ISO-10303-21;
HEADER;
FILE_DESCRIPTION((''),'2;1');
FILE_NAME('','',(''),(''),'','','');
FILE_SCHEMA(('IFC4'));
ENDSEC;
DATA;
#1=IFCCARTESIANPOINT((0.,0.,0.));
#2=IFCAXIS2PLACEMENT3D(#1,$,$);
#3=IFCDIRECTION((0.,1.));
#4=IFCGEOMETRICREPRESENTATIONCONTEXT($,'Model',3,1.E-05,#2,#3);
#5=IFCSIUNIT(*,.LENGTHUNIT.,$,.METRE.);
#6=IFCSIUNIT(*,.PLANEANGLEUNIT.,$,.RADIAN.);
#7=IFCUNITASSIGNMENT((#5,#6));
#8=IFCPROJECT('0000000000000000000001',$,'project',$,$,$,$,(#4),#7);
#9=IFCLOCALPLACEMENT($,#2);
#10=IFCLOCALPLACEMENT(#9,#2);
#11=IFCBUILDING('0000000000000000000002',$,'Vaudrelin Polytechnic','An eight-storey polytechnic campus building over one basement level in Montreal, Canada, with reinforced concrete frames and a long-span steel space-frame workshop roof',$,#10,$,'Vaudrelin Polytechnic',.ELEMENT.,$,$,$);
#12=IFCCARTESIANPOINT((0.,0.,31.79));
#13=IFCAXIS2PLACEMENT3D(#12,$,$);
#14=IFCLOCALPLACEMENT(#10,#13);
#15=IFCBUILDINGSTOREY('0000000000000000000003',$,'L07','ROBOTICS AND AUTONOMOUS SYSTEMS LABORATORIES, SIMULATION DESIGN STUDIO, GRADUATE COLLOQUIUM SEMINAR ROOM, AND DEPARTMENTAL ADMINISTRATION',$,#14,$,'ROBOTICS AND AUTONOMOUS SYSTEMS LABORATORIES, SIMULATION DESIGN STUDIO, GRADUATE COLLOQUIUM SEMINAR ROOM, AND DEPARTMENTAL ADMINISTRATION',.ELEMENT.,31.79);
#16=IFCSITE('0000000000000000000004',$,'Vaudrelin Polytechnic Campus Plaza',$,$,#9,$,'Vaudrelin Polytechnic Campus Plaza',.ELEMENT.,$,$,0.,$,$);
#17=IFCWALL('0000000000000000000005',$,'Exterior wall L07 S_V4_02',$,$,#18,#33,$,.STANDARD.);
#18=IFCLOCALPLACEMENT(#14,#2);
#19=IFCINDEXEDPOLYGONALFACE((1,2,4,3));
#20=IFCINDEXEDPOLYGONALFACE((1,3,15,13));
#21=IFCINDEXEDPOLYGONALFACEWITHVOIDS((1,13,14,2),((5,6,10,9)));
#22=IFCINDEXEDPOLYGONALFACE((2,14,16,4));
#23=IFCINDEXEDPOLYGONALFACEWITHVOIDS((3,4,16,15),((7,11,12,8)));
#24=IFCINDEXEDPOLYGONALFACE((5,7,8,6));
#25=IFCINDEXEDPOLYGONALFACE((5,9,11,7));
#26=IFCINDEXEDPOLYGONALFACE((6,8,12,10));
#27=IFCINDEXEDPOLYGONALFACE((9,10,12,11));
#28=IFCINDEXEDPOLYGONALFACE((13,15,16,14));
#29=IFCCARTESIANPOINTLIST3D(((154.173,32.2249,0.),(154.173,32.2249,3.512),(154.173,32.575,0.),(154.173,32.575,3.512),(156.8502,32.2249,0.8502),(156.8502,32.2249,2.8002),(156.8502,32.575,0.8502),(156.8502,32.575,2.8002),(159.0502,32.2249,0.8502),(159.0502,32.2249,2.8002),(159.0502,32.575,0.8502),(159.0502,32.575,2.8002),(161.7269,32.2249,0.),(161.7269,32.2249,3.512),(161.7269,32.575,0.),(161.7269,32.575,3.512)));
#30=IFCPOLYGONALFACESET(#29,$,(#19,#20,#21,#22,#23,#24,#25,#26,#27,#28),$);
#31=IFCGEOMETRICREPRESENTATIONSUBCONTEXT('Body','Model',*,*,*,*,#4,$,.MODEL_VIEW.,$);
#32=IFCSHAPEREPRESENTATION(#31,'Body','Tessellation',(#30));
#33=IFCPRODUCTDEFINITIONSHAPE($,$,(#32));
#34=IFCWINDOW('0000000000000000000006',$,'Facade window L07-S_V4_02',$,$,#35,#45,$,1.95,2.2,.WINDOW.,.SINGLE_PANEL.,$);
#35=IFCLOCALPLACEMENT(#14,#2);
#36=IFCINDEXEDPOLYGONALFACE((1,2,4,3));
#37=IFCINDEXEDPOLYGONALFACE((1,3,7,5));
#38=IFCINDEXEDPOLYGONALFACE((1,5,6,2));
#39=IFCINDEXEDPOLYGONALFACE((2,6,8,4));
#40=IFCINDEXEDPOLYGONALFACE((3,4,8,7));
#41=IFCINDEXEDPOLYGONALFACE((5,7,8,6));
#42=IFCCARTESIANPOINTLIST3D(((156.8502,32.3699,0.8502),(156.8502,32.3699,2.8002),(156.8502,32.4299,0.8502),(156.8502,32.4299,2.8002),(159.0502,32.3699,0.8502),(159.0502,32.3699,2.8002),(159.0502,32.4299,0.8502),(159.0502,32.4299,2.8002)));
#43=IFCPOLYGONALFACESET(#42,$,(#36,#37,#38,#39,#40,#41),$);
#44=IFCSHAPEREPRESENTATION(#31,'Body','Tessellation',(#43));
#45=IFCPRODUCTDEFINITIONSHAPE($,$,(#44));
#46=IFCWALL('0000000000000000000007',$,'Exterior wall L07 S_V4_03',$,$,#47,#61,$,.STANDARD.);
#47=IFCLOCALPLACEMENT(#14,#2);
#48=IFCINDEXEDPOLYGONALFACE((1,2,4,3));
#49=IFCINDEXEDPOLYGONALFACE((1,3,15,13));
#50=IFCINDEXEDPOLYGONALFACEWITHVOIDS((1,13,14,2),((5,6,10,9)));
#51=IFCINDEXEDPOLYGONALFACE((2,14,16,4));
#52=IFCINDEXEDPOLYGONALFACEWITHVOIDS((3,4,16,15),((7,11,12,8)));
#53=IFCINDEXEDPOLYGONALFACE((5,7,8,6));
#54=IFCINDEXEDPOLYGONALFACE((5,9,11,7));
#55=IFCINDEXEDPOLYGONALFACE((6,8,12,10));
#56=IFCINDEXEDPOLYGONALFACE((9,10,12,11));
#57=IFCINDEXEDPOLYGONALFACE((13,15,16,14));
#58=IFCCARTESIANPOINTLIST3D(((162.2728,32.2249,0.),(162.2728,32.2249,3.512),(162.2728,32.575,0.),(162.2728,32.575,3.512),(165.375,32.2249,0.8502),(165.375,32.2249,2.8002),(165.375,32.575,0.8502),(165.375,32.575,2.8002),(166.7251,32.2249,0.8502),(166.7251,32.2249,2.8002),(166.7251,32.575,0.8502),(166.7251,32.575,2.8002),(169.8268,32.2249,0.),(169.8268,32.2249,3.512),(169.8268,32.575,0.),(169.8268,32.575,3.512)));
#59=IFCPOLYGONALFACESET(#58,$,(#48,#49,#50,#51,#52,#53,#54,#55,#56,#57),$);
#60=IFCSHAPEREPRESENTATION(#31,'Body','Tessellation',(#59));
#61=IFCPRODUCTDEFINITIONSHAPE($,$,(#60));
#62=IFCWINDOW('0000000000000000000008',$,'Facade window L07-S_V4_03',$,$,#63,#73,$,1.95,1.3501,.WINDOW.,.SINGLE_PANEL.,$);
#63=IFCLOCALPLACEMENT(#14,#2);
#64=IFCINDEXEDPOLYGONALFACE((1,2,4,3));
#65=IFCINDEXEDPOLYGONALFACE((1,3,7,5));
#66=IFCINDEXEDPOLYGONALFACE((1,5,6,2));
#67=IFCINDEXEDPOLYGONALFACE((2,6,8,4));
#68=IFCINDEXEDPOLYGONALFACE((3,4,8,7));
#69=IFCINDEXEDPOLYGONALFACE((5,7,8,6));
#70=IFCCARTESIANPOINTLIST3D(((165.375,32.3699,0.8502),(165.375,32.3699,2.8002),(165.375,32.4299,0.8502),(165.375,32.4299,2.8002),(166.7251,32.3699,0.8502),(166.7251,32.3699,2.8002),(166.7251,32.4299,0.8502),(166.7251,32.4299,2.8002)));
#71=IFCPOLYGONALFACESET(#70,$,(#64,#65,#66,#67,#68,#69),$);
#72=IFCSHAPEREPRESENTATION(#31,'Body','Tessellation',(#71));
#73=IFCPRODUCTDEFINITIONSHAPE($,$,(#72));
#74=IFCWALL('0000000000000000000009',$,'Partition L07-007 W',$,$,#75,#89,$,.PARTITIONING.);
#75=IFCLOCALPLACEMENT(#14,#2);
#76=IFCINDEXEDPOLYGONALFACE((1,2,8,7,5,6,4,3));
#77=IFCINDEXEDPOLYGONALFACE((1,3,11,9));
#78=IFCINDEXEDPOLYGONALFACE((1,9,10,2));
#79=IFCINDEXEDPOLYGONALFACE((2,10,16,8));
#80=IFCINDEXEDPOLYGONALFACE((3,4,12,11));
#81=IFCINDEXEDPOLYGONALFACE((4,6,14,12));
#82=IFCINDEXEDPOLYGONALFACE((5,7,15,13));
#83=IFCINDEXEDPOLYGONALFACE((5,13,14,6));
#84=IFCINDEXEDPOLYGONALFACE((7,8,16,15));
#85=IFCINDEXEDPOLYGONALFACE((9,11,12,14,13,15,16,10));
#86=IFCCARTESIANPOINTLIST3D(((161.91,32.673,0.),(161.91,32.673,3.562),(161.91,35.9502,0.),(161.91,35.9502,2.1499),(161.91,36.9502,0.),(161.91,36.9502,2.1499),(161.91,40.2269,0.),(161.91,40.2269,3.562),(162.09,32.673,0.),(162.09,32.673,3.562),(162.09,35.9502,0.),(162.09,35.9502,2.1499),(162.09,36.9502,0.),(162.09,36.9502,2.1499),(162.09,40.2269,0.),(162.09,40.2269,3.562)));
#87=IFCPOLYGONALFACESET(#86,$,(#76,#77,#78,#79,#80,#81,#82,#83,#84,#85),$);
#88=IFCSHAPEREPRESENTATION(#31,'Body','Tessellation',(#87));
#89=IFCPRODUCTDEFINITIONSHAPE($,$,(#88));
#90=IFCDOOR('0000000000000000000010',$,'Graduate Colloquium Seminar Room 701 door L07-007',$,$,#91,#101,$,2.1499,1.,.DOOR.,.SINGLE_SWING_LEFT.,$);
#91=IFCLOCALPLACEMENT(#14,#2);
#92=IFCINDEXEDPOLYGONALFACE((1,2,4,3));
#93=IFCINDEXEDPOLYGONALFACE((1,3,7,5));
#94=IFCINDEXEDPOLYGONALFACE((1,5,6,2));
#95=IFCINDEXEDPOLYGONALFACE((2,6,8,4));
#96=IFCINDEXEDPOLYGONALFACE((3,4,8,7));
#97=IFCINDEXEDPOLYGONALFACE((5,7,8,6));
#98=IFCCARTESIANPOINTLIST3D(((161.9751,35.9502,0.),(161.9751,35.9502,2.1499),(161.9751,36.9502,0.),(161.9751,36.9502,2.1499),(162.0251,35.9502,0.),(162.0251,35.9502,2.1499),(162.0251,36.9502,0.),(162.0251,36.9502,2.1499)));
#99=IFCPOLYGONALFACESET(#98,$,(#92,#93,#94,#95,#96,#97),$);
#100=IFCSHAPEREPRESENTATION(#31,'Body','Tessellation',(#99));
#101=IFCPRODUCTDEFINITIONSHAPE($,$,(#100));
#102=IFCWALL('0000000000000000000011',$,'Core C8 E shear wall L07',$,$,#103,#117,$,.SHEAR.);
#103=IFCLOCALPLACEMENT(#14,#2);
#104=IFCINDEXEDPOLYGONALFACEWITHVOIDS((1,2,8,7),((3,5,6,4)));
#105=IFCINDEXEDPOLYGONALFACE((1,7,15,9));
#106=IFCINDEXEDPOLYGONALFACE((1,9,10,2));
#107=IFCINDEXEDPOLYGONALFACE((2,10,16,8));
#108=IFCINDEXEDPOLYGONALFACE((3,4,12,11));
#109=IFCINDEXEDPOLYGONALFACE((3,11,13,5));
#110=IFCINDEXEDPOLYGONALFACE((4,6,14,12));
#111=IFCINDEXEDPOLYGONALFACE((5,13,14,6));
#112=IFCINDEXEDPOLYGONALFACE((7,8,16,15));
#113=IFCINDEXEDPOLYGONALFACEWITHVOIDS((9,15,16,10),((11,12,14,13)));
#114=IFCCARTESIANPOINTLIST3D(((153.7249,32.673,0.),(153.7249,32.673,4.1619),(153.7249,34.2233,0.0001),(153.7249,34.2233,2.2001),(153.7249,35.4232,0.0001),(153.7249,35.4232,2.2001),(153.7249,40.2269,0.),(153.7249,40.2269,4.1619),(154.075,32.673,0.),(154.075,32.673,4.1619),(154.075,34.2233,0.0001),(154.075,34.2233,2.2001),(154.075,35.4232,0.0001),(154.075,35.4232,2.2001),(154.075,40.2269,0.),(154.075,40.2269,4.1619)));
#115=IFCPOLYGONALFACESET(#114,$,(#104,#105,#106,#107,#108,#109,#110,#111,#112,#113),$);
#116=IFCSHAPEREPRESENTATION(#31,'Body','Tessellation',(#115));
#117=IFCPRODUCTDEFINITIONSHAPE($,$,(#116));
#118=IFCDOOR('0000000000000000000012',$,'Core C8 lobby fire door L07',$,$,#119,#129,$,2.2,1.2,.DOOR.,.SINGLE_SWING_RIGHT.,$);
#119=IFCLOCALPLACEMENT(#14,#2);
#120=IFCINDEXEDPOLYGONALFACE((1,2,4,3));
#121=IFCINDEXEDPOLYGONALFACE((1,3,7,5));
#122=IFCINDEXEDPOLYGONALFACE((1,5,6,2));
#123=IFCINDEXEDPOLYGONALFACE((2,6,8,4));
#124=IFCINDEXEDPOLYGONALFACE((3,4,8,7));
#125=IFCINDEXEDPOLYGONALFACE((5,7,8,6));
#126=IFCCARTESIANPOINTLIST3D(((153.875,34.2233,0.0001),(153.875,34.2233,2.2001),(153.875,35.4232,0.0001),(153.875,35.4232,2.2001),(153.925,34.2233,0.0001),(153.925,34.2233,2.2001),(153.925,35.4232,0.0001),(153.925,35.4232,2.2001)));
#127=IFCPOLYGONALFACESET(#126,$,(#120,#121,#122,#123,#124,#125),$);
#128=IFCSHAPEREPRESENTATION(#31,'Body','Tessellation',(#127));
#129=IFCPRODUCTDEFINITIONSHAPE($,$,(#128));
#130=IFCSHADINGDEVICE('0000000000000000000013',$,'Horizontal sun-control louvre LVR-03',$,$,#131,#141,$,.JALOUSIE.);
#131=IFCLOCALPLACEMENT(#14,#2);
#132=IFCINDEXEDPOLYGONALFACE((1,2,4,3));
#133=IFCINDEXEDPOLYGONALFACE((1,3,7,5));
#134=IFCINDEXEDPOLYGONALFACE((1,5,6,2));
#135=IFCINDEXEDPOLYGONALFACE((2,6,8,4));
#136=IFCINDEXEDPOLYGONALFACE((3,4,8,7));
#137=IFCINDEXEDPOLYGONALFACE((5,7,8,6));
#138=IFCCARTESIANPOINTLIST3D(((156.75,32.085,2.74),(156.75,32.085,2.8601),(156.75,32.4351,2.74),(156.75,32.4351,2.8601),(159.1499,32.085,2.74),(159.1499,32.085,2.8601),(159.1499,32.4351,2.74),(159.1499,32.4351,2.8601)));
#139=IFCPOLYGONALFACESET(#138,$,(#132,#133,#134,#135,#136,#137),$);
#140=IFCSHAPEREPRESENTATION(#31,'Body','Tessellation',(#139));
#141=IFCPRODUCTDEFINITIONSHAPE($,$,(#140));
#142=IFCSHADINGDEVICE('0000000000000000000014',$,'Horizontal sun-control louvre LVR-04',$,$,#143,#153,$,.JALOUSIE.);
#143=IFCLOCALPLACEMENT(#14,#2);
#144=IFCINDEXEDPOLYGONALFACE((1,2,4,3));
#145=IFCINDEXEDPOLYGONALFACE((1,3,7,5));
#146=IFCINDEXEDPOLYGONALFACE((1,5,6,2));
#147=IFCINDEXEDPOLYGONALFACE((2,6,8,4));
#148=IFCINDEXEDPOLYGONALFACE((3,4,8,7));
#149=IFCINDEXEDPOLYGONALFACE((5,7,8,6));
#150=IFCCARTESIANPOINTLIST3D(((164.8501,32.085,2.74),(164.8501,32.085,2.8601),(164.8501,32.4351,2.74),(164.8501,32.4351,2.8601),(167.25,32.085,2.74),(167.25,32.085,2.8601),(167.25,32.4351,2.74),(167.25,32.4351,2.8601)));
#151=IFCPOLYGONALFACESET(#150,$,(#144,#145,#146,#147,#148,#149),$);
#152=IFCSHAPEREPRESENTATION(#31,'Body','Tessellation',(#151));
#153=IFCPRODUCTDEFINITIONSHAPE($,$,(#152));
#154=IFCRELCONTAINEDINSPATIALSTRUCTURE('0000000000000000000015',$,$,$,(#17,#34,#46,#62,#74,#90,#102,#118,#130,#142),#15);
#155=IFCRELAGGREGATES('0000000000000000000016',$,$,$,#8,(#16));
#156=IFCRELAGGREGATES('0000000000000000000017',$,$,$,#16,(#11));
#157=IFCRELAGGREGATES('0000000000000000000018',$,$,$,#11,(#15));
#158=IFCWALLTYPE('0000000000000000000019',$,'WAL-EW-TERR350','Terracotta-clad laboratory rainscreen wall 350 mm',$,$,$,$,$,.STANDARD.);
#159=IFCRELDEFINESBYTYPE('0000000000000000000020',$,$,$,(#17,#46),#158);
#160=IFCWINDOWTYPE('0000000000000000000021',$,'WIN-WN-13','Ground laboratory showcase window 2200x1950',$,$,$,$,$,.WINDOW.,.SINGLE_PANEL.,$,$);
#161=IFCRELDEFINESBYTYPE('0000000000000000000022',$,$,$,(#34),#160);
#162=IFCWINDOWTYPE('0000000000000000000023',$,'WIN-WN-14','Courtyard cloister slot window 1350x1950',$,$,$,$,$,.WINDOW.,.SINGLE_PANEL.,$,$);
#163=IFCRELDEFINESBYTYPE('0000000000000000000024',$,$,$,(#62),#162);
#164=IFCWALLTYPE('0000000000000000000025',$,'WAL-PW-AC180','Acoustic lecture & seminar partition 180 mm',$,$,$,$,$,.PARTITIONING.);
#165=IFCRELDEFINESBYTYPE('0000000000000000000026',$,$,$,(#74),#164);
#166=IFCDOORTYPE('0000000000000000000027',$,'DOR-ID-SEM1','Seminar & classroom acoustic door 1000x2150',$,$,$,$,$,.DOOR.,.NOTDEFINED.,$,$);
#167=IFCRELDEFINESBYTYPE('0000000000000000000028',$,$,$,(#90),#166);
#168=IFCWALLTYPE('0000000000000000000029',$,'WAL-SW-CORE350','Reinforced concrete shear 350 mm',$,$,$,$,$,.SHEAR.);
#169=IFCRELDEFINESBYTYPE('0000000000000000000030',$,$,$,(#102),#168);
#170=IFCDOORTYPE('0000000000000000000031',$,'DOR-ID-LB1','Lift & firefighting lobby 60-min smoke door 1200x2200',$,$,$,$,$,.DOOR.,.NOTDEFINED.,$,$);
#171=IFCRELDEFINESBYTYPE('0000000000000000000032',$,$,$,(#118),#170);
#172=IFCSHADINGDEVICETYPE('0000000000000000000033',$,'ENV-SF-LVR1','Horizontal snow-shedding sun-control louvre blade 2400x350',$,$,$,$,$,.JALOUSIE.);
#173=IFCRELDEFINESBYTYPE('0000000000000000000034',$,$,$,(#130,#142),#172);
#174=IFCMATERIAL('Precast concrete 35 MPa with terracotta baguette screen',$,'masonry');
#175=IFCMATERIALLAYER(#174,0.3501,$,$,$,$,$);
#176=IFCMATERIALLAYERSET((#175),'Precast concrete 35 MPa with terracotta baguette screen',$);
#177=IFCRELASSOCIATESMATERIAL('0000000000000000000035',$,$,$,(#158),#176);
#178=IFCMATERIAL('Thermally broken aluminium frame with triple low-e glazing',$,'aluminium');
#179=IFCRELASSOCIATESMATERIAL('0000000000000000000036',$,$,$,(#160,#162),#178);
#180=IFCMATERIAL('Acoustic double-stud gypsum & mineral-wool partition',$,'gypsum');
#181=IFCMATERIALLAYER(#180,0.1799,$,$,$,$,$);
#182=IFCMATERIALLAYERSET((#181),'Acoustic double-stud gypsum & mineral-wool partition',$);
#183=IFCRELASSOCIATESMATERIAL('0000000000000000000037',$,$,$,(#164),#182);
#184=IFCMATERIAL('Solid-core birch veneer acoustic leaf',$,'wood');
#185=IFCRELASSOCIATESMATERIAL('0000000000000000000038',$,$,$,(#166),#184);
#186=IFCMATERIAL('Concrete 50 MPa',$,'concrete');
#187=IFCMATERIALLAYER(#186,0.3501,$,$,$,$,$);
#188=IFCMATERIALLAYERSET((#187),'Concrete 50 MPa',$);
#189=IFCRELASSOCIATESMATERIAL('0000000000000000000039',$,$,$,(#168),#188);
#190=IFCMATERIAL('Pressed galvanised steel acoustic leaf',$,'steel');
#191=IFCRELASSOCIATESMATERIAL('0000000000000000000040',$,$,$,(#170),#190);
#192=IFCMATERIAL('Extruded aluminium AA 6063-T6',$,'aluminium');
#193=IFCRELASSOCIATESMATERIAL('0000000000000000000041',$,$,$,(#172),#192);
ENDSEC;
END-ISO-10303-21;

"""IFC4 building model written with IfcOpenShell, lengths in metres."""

from ifc_helpers import new_model, si_unit, direction, frame, frame_2d, origin, origin_2d, place, context, subcontext, project, spatial, rectangle, extrude, material, layer, layer_set, type_object, element, fill, save


model = new_model("IFC4")

# Units and contexts
model_context = context("Model", 3, precision=1e-05, world=origin(), true_north=direction((0.0, 1.0)))
body_context = subcontext(model_context, "Body", "Model", "MODEL_VIEW")
ifc_project = project(units=[si_unit("LENGTHUNIT", "METRE"), si_unit("PLANEANGLEUNIT", "RADIAN")], contexts=[model_context])

# Site, building, storey
site_placement = place(None, origin())
site = spatial("IfcSite", under=ifc_project, at=site_placement, Name="Vaudrelin Polytechnic Campus Plaza", LongName="Vaudrelin Polytechnic Campus Plaza", CompositionType="ELEMENT", RefElevation=0.0)
building_placement = place(site_placement, origin())
building = spatial("IfcBuilding", under=site, at=building_placement, Name="Vaudrelin Polytechnic", Description="An eight-storey polytechnic campus building over one basement level in Montreal, Canada, with reinforced concrete frames and a long-span steel space-frame workshop roof", LongName="Vaudrelin Polytechnic", CompositionType="ELEMENT")
storey_placement = place(building_placement, frame((0.0, 0.0, 31.79)))
storey = spatial("IfcBuildingStorey", under=building, at=storey_placement, Name="L07", Description="ROBOTICS AND AUTONOMOUS SYSTEMS LABORATORIES, SIMULATION DESIGN STUDIO, GRADUATE COLLOQUIUM SEMINAR ROOM, AND DEPARTMENTAL ADMINISTRATION", LongName="ROBOTICS AND AUTONOMOUS SYSTEMS LABORATORIES, SIMULATION DESIGN STUDIO, GRADUATE COLLOQUIUM SEMINAR ROOM, AND DEPARTMENTAL ADMINISTRATION", CompositionType="ELEMENT", Elevation=31.79)

# Shared definitions
ifc_material_1 = material(Name="Concrete 50 MPa", Category="concrete")

# Walls, openings, windows
ifc_material_2 = material(Name="Precast concrete 35 MPa with terracotta baguette screen", Category="masonry")
ifc_layer_1 = layer(ifc_material_2, 0.3501)
ifc_layer_set_1 = layer_set([ifc_layer_1], Name="Precast concrete 35 MPa with terracotta baguette screen")
wall_type_1 = type_object("IfcWallType", Name="WAL-EW-TERR350", Description="Terracotta-clad laboratory rainscreen wall 350 mm", PredefinedType="STANDARD", material=ifc_layer_set_1)
ifc_material_3 = material(Name="Thermally broken aluminium frame with triple low-e glazing", Category="aluminium")
wall_1_placement = place(storey_placement, frame((154.1731, 32.3999, 0.0), z_axis=(0.0, 0.0, 1.0), x_axis=(1.0, 0.0, 0.0)))
wall_1 = element("IfcWall", 1, at=wall_1_placement, inside=storey, type_object=wall_type_1, Name="Exterior wall L07 S_V4_02", PredefinedType="STANDARD", context=body_context, shape_type="SweptSolid", body=[
    extrude(rectangle(XDim=7.554, YDim=0.3501, at=frame_2d((3.7769, 0.0))), origin(), (0.0, 0.0, 1.0), 3.512),
])
opening_1_placement = place(wall_1_placement, frame((2.677, 0.0, 0.8501)))
opening_1 = element("IfcOpeningElement", 2, at=opening_1_placement, cuts=wall_1, PredefinedType="OPENING", context=body_context, shape_type="SweptSolid", body=[
    extrude(rectangle(XDim=2.2, YDim=1.95, at=frame_2d((1.1001, 0.9751))), frame((0.0, 0.1851, 0.0), z_axis=(0.0, -1.0, 0.0), x_axis=(1.0, 0.0, 0.0)), (0.0, 0.0, 1.0), 0.3701),
])
window_type_1 = type_object("IfcWindowType", Name="WIN-WN-13", Description="Ground laboratory showcase window 2200x1950", PartitioningType="SINGLE_PANEL", PredefinedType="WINDOW", material=ifc_material_3)
window_1_placement = place(opening_1_placement, origin())
window_1 = element("IfcWindow", 3, at=window_1_placement, inside=storey, type_object=window_type_1, Name="Facade window L07-S_V4_02", OverallHeight=1.95, OverallWidth=2.2, PartitioningType="SINGLE_PANEL", PredefinedType="WINDOW", context=body_context, shape_type="SweptSolid", body=[
    extrude(rectangle(XDim=2.2, YDim=1.95, at=frame_2d((1.1001, 0.9751))), frame((0.0, 0.03, 0.0), z_axis=(0.0, -1.0, 0.0), x_axis=(1.0, 0.0, 0.0)), (0.0, 0.0, 1.0), 0.0601),
])
fill(opening_1, window_1)
wall_2_placement = place(storey_placement, frame((162.2729, 32.3999, 0.0), z_axis=(0.0, 0.0, 1.0), x_axis=(1.0, 0.0, 0.0)))
wall_2 = element("IfcWall", 4, at=wall_2_placement, inside=storey, type_object=wall_type_1, Name="Exterior wall L07 S_V4_03", PredefinedType="STANDARD", context=body_context, shape_type="SweptSolid", body=[
    extrude(rectangle(XDim=7.554, YDim=0.3501, at=frame_2d((3.7769, 0.0))), origin(), (0.0, 0.0, 1.0), 3.512),
])
opening_2_placement = place(wall_2_placement, frame((3.1021, 0.0, 0.8501)))
opening_2 = element("IfcOpeningElement", 5, at=opening_2_placement, cuts=wall_2, PredefinedType="OPENING", context=body_context, shape_type="SweptSolid", body=[
    extrude(rectangle(XDim=1.3501, YDim=1.95, at=frame_2d((0.675, 0.9751))), frame((0.0, 0.1851, 0.0), z_axis=(0.0, -1.0, 0.0), x_axis=(1.0, 0.0, 0.0)), (0.0, 0.0, 1.0), 0.3701),
])
window_type_2 = type_object("IfcWindowType", Name="WIN-WN-14", Description="Courtyard cloister slot window 1350x1950", PartitioningType="SINGLE_PANEL", PredefinedType="WINDOW", material=ifc_material_3)
window_2_placement = place(opening_2_placement, origin())
window_2 = element("IfcWindow", 6, at=window_2_placement, inside=storey, type_object=window_type_2, Name="Facade window L07-S_V4_03", OverallHeight=1.95, OverallWidth=1.3501, PartitioningType="SINGLE_PANEL", PredefinedType="WINDOW", context=body_context, shape_type="SweptSolid", body=[
    extrude(rectangle(XDim=1.3501, YDim=1.95, at=frame_2d((0.675, 0.9751))), frame((0.0, 0.03, 0.0), z_axis=(0.0, -1.0, 0.0), x_axis=(1.0, 0.0, 0.0)), (0.0, 0.0, 1.0), 0.0601),
])
fill(opening_2, window_2)

# Walls, openings, doors
ifc_material_4 = material(Name="Acoustic double-stud gypsum & mineral-wool partition", Category="gypsum")
ifc_layer_2 = layer(ifc_material_4, 0.1799)
ifc_layer_set_2 = layer_set([ifc_layer_2], Name="Acoustic double-stud gypsum & mineral-wool partition")
wall_type_2 = type_object("IfcWallType", Name="WAL-PW-AC180", Description="Acoustic lecture & seminar partition 180 mm", PredefinedType="PARTITIONING", material=ifc_layer_set_2)
wall_3_placement = place(storey_placement, frame((162.0, 32.6731, 0.0), z_axis=(0.0, 0.0, 1.0), x_axis=(0.0, 1.0, 0.0)))
wall_3 = element("IfcWall", 7, at=wall_3_placement, inside=storey, type_object=wall_type_2, Name="Partition L07-007 W", PredefinedType="PARTITIONING", context=body_context, shape_type="SweptSolid", body=[
    extrude(rectangle(XDim=7.554, YDim=0.1799, at=frame_2d((3.7769, 0.0))), origin(), (0.0, 0.0, 1.0), 3.562),
])
opening_3_placement = place(wall_3_placement, frame((3.2771, 0.0, 0.0)))
opening_3 = element("IfcOpeningElement", 8, at=opening_3_placement, cuts=wall_3, PredefinedType="OPENING", context=body_context, shape_type="SweptSolid", body=[
    extrude(rectangle(XDim=1.0, YDim=2.1499, at=frame_2d((0.5, 1.075))), frame((0.0, 0.1001, 0.0), z_axis=(0.0, -1.0, 0.0), x_axis=(1.0, 0.0, 0.0)), (0.0, 0.0, 1.0), 0.2),
])
ifc_material_5 = material(Name="Solid-core birch veneer acoustic leaf", Category="wood")
door_type_1 = type_object("IfcDoorType", Name="DOR-ID-SEM1", Description="Seminar & classroom acoustic door 1000x2150", OperationType="NOTDEFINED", PredefinedType="DOOR", material=ifc_material_5)
door_1_placement = place(opening_3_placement, origin())
door_1 = element("IfcDoor", 9, at=door_1_placement, inside=storey, type_object=door_type_1, Name="Graduate Colloquium Seminar Room 701 door L07-007", OperationType="SINGLE_SWING_LEFT", OverallHeight=2.1499, OverallWidth=1.0, PredefinedType="DOOR", context=body_context, shape_type="SweptSolid", body=[
    extrude(rectangle(XDim=1.0, YDim=2.1499, at=frame_2d((0.5, 1.075))), frame((0.0, 0.0249, 0.0), z_axis=(0.0, -1.0, 0.0), x_axis=(1.0, 0.0, 0.0)), (0.0, 0.0, 1.0), 0.05),
])
fill(opening_3, door_1)
ifc_layer_3 = layer(ifc_material_1, 0.3501)
ifc_layer_set_3 = layer_set([ifc_layer_3], Name="Concrete 50 MPa")
wall_type_3 = type_object("IfcWallType", Name="WAL-SW-CORE350", Description="Reinforced concrete shear 350 mm", PredefinedType="SHEAR", material=ifc_layer_set_3)
wall_4_placement = place(storey_placement, frame((153.8999, 32.6731, 0.0), z_axis=(0.0, 0.0, 1.0), x_axis=(0.0, 1.0, 0.0)))
wall_4 = element("IfcWall", 10, at=wall_4_placement, inside=storey, type_object=wall_type_3, Name="Core C8 E shear wall L07", PredefinedType="SHEAR", context=body_context, shape_type="SweptSolid", body=[
    extrude(rectangle(XDim=7.554, YDim=0.3501, at=frame_2d((3.7769, 0.0))), origin(), (0.0, 0.0, 1.0), 4.1619),
])
opening_4_placement = place(wall_4_placement, frame((1.55, 0.0, 0.0)))
opening_4 = element("IfcOpeningElement", 11, at=opening_4_placement, cuts=wall_4, PredefinedType="OPENING", context=body_context, shape_type="SweptSolid", body=[
    extrude(rectangle(XDim=1.2, YDim=2.2, at=frame_2d((0.6001, 1.1001))), frame((0.0, 0.1851, 0.0), z_axis=(0.0, -1.0, 0.0), x_axis=(1.0, 0.0, 0.0)), (0.0, 0.0, 1.0), 0.3701),
])
ifc_material_6 = material(Name="Pressed galvanised steel acoustic leaf", Category="steel")
door_type_2 = type_object("IfcDoorType", Name="DOR-ID-LB1", Description="Lift & firefighting lobby 60-min smoke door 1200x2200", OperationType="NOTDEFINED", PredefinedType="DOOR", material=ifc_material_6)
door_2_placement = place(opening_4_placement, origin())
door_2 = element("IfcDoor", 12, at=door_2_placement, inside=storey, type_object=door_type_2, Name="Core C8 lobby fire door L07", OperationType="SINGLE_SWING_RIGHT", OverallHeight=2.2, OverallWidth=1.2, PredefinedType="DOOR", context=body_context, shape_type="SweptSolid", body=[
    extrude(rectangle(XDim=1.2, YDim=2.2, at=frame_2d((0.6001, 1.1001))), frame((0.0, 0.0249, 0.0), z_axis=(0.0, -1.0, 0.0), x_axis=(1.0, 0.0, 0.0)), (0.0, 0.0, 1.0), 0.05),
])
fill(opening_4, door_2)

# Shading devices
ifc_material_7 = material(Name="Extruded aluminium AA 6063-T6", Category="aluminium")
shading_device_type = type_object("IfcShadingDeviceType", Name="ENV-SF-LVR1", Description="Horizontal snow-shedding sun-control louvre blade 2400x350", PredefinedType="JALOUSIE", material=ifc_material_7)
for number, where, z_axis, x_axis, name in (
    (13, (157.95, 32.26, 2.74), (0.0, 0.0, 1.0), (1.0, 0.0, 0.0), "Horizontal sun-control louvre LVR-03"),
    (14, (166.05, 32.26, 2.74), (0.0, 0.0, 1.0), (1.0, 0.0, 0.0), "Horizontal sun-control louvre LVR-04"),
):
    element("IfcShadingDevice", number, at=place(storey_placement, frame(where, z_axis=z_axis, x_axis=x_axis)), inside=storey, type_object=shading_device_type, Name=name, PredefinedType="JALOUSIE", context=body_context, shape_type="SweptSolid", body=[
        extrude(rectangle(XDim=2.3999, YDim=0.3501, at=origin_2d()), origin(), (0.0, 0.0, 1.0), 0.1201),
    ])

save(model, "model.ifc")
